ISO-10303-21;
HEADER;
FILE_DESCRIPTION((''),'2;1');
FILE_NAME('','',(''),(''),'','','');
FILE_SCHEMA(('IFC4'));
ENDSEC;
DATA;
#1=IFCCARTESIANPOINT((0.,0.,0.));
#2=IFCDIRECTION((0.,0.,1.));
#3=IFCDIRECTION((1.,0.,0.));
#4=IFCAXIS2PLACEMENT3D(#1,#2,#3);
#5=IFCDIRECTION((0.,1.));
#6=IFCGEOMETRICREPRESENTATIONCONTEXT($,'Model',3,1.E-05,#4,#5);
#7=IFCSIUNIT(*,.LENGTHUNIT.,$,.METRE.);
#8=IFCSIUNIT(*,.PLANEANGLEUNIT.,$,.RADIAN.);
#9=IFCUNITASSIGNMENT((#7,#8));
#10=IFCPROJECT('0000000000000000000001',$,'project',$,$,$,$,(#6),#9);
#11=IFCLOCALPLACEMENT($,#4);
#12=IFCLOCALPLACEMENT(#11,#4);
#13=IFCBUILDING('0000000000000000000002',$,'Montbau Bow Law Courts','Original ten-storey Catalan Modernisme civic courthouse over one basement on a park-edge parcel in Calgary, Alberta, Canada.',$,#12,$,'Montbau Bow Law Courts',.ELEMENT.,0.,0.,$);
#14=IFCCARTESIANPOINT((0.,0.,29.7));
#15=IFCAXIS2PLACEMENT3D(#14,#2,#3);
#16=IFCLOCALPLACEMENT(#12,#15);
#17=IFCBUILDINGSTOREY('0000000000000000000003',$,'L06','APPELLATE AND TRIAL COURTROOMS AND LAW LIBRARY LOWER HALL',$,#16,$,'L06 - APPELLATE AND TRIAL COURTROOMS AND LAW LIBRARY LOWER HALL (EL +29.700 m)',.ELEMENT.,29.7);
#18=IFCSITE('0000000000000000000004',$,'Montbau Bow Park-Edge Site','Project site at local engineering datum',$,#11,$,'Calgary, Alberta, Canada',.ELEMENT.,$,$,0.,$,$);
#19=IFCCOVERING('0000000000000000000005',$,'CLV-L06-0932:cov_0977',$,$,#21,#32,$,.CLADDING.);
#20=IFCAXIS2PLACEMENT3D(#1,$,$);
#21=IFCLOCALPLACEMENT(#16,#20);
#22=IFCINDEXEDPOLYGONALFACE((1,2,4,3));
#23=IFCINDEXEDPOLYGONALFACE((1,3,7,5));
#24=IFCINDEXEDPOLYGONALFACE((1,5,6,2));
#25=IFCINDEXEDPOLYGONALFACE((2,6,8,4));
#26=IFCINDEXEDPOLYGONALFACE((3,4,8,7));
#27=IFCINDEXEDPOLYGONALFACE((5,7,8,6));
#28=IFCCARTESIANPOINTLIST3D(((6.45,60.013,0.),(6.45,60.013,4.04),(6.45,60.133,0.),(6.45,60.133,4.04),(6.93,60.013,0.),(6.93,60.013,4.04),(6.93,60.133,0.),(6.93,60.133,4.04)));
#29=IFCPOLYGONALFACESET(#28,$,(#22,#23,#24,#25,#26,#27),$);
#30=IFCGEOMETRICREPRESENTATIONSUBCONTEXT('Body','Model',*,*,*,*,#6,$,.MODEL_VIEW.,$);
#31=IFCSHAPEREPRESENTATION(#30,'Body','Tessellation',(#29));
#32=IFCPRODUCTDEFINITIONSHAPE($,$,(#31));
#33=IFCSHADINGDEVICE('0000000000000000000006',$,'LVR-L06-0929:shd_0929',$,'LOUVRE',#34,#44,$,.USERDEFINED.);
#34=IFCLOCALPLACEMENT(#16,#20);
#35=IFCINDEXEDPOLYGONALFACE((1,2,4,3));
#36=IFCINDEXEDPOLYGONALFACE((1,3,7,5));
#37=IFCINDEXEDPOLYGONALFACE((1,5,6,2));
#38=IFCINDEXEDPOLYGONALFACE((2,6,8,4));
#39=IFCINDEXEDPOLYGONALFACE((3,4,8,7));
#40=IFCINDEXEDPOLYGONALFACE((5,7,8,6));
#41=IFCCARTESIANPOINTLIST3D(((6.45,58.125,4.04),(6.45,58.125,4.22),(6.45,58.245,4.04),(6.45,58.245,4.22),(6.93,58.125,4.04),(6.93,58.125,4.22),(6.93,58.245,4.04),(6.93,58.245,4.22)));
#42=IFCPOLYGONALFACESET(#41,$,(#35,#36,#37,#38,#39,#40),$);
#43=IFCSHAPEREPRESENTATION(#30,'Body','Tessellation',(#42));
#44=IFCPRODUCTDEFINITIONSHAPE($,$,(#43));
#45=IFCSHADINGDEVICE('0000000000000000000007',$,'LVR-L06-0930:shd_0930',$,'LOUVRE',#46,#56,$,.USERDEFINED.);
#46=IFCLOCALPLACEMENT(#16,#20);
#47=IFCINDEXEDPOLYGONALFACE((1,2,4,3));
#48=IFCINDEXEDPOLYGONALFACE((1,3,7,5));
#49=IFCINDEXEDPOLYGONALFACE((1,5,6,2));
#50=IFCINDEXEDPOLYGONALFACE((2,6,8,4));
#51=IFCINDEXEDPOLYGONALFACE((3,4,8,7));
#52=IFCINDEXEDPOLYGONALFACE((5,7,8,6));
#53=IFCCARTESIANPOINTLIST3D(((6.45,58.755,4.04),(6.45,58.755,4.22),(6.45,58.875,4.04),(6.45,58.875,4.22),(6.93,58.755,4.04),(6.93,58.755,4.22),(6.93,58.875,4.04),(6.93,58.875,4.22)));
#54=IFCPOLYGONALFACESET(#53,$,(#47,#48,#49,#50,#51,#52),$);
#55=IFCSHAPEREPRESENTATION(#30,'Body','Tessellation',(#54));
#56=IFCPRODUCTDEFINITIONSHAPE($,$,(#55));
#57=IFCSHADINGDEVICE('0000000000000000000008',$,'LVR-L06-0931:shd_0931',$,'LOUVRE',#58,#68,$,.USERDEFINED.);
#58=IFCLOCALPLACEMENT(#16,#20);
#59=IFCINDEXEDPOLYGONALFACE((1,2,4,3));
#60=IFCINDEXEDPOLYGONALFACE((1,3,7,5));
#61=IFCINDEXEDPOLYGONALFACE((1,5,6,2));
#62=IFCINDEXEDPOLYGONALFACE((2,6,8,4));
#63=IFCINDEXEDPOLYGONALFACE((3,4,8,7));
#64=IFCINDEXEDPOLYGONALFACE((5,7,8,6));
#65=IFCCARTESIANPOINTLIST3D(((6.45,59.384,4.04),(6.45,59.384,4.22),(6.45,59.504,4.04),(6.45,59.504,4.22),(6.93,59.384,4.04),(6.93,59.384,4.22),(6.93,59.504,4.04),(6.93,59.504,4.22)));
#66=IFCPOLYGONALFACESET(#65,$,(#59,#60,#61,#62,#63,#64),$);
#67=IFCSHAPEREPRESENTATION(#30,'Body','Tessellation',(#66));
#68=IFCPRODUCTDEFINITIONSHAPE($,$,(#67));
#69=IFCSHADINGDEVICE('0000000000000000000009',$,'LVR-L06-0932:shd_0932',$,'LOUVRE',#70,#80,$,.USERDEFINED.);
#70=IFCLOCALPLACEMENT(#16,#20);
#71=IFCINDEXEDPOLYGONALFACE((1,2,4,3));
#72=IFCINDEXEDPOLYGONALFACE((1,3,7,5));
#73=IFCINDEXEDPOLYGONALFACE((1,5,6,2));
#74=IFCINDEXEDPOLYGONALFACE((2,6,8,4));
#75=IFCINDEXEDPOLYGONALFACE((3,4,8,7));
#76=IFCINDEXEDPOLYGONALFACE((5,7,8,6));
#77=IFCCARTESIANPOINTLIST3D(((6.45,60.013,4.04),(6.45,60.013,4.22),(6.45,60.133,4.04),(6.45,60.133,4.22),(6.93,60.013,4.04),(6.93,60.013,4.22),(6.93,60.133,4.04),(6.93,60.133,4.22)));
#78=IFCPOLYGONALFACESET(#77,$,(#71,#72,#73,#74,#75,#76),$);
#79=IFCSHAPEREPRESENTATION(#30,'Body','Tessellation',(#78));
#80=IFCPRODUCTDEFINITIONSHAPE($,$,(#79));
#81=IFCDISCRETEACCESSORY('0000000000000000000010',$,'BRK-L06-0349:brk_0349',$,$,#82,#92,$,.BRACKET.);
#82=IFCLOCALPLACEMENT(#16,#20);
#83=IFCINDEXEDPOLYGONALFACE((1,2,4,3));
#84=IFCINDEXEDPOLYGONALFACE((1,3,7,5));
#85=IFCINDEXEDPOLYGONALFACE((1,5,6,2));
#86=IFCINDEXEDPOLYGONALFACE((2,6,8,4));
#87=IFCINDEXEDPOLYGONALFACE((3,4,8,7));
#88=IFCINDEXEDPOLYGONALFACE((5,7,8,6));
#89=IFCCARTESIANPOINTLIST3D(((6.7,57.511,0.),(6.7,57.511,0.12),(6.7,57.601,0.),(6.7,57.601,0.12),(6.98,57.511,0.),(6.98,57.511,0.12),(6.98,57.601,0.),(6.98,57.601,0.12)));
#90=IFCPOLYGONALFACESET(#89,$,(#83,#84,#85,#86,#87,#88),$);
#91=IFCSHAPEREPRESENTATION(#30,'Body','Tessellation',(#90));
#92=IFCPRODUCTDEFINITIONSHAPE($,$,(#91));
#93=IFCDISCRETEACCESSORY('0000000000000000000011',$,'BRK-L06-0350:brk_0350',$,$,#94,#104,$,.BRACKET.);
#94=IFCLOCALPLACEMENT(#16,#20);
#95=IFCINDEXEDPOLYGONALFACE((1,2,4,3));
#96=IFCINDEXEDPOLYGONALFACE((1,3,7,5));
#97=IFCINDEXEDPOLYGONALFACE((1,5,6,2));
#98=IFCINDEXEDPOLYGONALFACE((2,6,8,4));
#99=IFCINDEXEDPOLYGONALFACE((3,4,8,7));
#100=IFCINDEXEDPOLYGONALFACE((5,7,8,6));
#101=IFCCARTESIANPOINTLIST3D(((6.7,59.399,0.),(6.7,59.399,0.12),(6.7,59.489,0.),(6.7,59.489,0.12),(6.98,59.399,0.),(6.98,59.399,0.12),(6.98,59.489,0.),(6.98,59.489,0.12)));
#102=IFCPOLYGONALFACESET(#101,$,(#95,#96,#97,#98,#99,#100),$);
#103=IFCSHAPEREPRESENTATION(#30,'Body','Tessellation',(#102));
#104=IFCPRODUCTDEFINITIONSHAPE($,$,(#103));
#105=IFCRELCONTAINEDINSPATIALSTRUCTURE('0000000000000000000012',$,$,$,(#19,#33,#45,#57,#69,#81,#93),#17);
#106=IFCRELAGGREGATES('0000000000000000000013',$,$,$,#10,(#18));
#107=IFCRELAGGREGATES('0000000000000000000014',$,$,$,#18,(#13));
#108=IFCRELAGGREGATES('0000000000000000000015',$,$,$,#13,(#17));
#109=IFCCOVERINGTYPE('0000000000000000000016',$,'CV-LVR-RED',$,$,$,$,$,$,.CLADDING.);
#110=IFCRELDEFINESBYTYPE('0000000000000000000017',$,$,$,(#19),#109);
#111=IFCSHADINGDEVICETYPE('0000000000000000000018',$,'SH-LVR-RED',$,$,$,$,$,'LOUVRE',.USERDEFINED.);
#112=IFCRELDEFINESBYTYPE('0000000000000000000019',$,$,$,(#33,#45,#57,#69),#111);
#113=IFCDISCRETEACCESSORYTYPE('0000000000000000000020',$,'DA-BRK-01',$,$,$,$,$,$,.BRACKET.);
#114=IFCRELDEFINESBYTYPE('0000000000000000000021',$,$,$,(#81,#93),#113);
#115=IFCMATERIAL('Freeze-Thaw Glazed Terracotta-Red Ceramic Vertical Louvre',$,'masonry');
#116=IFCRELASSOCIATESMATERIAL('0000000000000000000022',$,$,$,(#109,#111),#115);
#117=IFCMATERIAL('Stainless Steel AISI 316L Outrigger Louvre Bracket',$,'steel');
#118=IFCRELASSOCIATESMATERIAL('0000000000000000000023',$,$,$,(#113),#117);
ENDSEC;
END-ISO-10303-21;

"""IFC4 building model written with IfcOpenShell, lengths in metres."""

from ifc_helpers import new_model, si_unit, direction, frame, frame_2d, origin_with_axes, origin_2d_with_axis, place, context, subcontext, project, spatial, rectangle, extrude, material, type_object, element, save


model = new_model("IFC4")

# Units and contexts
model_context = context("Model", 3, precision=1e-05, world=origin_with_axes(), true_north=direction((0.0, 1.0)))
body_context = subcontext(model_context, "Body", "Model", "MODEL_VIEW")
ifc_project = project(units=[si_unit("LENGTHUNIT", "METRE"), si_unit("PLANEANGLEUNIT", "RADIAN")], contexts=[model_context])

# Site, building, storey
site_placement = place(None, origin_with_axes())
site = spatial("IfcSite", under=ifc_project, at=site_placement, Name="Montbau Bow Park-Edge Site", Description="Project site at local engineering datum", LongName="Calgary, Alberta, Canada", CompositionType="ELEMENT", RefElevation=0.0)
building_placement = place(site_placement, origin_with_axes())
building = spatial("IfcBuilding", under=site, at=building_placement, Name="Montbau Bow Law Courts", Description="Original ten-storey Catalan Modernisme civic courthouse over one basement on a park-edge parcel in Calgary, Alberta, Canada.", LongName="Montbau Bow Law Courts", CompositionType="ELEMENT", ElevationOfRefHeight=0.0, ElevationOfTerrain=0.0)
storey_placement = place(building_placement, frame((0.0, 0.0, 29.7), z_axis=(0.0, 0.0, 1.0), x_axis=(1.0, 0.0, 0.0)))
storey = spatial("IfcBuildingStorey", under=building, at=storey_placement, Name="L06", Description="APPELLATE AND TRIAL COURTROOMS AND LAW LIBRARY LOWER HALL", LongName="L06 - APPELLATE AND TRIAL COURTROOMS AND LAW LIBRARY LOWER HALL (EL +29.700 m)", CompositionType="ELEMENT", Elevation=29.7)

# Covering
ifc_material_1 = material(Name="Freeze-Thaw Glazed Terracotta-Red Ceramic Vertical Louvre", Category="masonry")
covering_type = type_object("IfcCoveringType", Name="CV-LVR-RED", PredefinedType="CLADDING", material=ifc_material_1)
for number, where, z_axis, x_axis, name in (
    (1, (6.93, 60.073, 29.7), (0.0, 1.0, 0.0), (-1.0, 0.0, 0.0), "CLV-L06-0932:cov_0977"),
):
    element("IfcCovering", number, at=place(None, frame(where, z_axis=z_axis, x_axis=x_axis)), inside=storey, type_object=covering_type, Name=name, PredefinedType="CLADDING", context=body_context, shape_type="SweptSolid", body=[
        extrude(rectangle(XDim=0.48, YDim=4.04, at=frame_2d((0.24, 2.02), x_axis=(1.0, 0.0))), frame((0.0, 0.0, -0.06), z_axis=(0.0, 0.0, 1.0), x_axis=(1.0, 0.0, 0.0)), (0.0, 0.0, 1.0), 0.12),
    ])

# Shading devices
shading_device_type = type_object("IfcShadingDeviceType", Name="SH-LVR-RED", ElementType="LOUVRE", PredefinedType="USERDEFINED", material=ifc_material_1)
for number, where, z_axis, x_axis, name in (
    (2, (6.69, 58.185, 33.74), (0.0, 0.0, 1.0), (-1.0, 0.0, 0.0), "LVR-L06-0929:shd_0929"),
    (3, (6.69, 58.815, 33.74), (0.0, 0.0, 1.0), (-1.0, 0.0, 0.0), "LVR-L06-0930:shd_0930"),
    (4, (6.69, 59.444, 33.74), (0.0, 0.0, 1.0), (-1.0, 0.0, 0.0), "LVR-L06-0931:shd_0931"),
    (5, (6.69, 60.073, 33.74), (0.0, 0.0, 1.0), (-1.0, 0.0, 0.0), "LVR-L06-0932:shd_0932"),
):
    element("IfcShadingDevice", number, at=place(None, frame(where, z_axis=z_axis, x_axis=x_axis)), inside=storey, type_object=shading_device_type, Name=name, ObjectType="LOUVRE", PredefinedType="USERDEFINED", context=body_context, shape_type="SweptSolid", body=[
        extrude(rectangle(XDim=0.48, YDim=0.12, at=origin_2d_with_axis()), origin_with_axes(), (0.0, 0.0, 1.0), 0.18),
    ])

# Discrete accessories
ifc_material_2 = material(Name="Stainless Steel AISI 316L Outrigger Louvre Bracket", Category="steel")
discrete_accessory_type = type_object("IfcDiscreteAccessoryType", Name="DA-BRK-01", PredefinedType="BRACKET", material=ifc_material_2)
for number, where, z_axis, x_axis, name in (
    (6, (6.84, 57.556, 29.7), (0.0, 0.0, 1.0), (-1.0, 0.0, 0.0), "BRK-L06-0349:brk_0349"),
    (7, (6.84, 59.444, 29.7), (0.0, 0.0, 1.0), (-1.0, 0.0, 0.0), "BRK-L06-0350:brk_0350"),
):
    element("IfcDiscreteAccessory", number, at=place(None, frame(where, z_axis=z_axis, x_axis=x_axis)), inside=storey, type_object=discrete_accessory_type, Name=name, PredefinedType="BRACKET", context=body_context, shape_type="SweptSolid", body=[
        extrude(rectangle(XDim=0.28, YDim=0.09, at=origin_2d_with_axis()), origin_with_axes(), (0.0, 0.0, 1.0), 0.12),
    ])

save(model, "model.ifc")
